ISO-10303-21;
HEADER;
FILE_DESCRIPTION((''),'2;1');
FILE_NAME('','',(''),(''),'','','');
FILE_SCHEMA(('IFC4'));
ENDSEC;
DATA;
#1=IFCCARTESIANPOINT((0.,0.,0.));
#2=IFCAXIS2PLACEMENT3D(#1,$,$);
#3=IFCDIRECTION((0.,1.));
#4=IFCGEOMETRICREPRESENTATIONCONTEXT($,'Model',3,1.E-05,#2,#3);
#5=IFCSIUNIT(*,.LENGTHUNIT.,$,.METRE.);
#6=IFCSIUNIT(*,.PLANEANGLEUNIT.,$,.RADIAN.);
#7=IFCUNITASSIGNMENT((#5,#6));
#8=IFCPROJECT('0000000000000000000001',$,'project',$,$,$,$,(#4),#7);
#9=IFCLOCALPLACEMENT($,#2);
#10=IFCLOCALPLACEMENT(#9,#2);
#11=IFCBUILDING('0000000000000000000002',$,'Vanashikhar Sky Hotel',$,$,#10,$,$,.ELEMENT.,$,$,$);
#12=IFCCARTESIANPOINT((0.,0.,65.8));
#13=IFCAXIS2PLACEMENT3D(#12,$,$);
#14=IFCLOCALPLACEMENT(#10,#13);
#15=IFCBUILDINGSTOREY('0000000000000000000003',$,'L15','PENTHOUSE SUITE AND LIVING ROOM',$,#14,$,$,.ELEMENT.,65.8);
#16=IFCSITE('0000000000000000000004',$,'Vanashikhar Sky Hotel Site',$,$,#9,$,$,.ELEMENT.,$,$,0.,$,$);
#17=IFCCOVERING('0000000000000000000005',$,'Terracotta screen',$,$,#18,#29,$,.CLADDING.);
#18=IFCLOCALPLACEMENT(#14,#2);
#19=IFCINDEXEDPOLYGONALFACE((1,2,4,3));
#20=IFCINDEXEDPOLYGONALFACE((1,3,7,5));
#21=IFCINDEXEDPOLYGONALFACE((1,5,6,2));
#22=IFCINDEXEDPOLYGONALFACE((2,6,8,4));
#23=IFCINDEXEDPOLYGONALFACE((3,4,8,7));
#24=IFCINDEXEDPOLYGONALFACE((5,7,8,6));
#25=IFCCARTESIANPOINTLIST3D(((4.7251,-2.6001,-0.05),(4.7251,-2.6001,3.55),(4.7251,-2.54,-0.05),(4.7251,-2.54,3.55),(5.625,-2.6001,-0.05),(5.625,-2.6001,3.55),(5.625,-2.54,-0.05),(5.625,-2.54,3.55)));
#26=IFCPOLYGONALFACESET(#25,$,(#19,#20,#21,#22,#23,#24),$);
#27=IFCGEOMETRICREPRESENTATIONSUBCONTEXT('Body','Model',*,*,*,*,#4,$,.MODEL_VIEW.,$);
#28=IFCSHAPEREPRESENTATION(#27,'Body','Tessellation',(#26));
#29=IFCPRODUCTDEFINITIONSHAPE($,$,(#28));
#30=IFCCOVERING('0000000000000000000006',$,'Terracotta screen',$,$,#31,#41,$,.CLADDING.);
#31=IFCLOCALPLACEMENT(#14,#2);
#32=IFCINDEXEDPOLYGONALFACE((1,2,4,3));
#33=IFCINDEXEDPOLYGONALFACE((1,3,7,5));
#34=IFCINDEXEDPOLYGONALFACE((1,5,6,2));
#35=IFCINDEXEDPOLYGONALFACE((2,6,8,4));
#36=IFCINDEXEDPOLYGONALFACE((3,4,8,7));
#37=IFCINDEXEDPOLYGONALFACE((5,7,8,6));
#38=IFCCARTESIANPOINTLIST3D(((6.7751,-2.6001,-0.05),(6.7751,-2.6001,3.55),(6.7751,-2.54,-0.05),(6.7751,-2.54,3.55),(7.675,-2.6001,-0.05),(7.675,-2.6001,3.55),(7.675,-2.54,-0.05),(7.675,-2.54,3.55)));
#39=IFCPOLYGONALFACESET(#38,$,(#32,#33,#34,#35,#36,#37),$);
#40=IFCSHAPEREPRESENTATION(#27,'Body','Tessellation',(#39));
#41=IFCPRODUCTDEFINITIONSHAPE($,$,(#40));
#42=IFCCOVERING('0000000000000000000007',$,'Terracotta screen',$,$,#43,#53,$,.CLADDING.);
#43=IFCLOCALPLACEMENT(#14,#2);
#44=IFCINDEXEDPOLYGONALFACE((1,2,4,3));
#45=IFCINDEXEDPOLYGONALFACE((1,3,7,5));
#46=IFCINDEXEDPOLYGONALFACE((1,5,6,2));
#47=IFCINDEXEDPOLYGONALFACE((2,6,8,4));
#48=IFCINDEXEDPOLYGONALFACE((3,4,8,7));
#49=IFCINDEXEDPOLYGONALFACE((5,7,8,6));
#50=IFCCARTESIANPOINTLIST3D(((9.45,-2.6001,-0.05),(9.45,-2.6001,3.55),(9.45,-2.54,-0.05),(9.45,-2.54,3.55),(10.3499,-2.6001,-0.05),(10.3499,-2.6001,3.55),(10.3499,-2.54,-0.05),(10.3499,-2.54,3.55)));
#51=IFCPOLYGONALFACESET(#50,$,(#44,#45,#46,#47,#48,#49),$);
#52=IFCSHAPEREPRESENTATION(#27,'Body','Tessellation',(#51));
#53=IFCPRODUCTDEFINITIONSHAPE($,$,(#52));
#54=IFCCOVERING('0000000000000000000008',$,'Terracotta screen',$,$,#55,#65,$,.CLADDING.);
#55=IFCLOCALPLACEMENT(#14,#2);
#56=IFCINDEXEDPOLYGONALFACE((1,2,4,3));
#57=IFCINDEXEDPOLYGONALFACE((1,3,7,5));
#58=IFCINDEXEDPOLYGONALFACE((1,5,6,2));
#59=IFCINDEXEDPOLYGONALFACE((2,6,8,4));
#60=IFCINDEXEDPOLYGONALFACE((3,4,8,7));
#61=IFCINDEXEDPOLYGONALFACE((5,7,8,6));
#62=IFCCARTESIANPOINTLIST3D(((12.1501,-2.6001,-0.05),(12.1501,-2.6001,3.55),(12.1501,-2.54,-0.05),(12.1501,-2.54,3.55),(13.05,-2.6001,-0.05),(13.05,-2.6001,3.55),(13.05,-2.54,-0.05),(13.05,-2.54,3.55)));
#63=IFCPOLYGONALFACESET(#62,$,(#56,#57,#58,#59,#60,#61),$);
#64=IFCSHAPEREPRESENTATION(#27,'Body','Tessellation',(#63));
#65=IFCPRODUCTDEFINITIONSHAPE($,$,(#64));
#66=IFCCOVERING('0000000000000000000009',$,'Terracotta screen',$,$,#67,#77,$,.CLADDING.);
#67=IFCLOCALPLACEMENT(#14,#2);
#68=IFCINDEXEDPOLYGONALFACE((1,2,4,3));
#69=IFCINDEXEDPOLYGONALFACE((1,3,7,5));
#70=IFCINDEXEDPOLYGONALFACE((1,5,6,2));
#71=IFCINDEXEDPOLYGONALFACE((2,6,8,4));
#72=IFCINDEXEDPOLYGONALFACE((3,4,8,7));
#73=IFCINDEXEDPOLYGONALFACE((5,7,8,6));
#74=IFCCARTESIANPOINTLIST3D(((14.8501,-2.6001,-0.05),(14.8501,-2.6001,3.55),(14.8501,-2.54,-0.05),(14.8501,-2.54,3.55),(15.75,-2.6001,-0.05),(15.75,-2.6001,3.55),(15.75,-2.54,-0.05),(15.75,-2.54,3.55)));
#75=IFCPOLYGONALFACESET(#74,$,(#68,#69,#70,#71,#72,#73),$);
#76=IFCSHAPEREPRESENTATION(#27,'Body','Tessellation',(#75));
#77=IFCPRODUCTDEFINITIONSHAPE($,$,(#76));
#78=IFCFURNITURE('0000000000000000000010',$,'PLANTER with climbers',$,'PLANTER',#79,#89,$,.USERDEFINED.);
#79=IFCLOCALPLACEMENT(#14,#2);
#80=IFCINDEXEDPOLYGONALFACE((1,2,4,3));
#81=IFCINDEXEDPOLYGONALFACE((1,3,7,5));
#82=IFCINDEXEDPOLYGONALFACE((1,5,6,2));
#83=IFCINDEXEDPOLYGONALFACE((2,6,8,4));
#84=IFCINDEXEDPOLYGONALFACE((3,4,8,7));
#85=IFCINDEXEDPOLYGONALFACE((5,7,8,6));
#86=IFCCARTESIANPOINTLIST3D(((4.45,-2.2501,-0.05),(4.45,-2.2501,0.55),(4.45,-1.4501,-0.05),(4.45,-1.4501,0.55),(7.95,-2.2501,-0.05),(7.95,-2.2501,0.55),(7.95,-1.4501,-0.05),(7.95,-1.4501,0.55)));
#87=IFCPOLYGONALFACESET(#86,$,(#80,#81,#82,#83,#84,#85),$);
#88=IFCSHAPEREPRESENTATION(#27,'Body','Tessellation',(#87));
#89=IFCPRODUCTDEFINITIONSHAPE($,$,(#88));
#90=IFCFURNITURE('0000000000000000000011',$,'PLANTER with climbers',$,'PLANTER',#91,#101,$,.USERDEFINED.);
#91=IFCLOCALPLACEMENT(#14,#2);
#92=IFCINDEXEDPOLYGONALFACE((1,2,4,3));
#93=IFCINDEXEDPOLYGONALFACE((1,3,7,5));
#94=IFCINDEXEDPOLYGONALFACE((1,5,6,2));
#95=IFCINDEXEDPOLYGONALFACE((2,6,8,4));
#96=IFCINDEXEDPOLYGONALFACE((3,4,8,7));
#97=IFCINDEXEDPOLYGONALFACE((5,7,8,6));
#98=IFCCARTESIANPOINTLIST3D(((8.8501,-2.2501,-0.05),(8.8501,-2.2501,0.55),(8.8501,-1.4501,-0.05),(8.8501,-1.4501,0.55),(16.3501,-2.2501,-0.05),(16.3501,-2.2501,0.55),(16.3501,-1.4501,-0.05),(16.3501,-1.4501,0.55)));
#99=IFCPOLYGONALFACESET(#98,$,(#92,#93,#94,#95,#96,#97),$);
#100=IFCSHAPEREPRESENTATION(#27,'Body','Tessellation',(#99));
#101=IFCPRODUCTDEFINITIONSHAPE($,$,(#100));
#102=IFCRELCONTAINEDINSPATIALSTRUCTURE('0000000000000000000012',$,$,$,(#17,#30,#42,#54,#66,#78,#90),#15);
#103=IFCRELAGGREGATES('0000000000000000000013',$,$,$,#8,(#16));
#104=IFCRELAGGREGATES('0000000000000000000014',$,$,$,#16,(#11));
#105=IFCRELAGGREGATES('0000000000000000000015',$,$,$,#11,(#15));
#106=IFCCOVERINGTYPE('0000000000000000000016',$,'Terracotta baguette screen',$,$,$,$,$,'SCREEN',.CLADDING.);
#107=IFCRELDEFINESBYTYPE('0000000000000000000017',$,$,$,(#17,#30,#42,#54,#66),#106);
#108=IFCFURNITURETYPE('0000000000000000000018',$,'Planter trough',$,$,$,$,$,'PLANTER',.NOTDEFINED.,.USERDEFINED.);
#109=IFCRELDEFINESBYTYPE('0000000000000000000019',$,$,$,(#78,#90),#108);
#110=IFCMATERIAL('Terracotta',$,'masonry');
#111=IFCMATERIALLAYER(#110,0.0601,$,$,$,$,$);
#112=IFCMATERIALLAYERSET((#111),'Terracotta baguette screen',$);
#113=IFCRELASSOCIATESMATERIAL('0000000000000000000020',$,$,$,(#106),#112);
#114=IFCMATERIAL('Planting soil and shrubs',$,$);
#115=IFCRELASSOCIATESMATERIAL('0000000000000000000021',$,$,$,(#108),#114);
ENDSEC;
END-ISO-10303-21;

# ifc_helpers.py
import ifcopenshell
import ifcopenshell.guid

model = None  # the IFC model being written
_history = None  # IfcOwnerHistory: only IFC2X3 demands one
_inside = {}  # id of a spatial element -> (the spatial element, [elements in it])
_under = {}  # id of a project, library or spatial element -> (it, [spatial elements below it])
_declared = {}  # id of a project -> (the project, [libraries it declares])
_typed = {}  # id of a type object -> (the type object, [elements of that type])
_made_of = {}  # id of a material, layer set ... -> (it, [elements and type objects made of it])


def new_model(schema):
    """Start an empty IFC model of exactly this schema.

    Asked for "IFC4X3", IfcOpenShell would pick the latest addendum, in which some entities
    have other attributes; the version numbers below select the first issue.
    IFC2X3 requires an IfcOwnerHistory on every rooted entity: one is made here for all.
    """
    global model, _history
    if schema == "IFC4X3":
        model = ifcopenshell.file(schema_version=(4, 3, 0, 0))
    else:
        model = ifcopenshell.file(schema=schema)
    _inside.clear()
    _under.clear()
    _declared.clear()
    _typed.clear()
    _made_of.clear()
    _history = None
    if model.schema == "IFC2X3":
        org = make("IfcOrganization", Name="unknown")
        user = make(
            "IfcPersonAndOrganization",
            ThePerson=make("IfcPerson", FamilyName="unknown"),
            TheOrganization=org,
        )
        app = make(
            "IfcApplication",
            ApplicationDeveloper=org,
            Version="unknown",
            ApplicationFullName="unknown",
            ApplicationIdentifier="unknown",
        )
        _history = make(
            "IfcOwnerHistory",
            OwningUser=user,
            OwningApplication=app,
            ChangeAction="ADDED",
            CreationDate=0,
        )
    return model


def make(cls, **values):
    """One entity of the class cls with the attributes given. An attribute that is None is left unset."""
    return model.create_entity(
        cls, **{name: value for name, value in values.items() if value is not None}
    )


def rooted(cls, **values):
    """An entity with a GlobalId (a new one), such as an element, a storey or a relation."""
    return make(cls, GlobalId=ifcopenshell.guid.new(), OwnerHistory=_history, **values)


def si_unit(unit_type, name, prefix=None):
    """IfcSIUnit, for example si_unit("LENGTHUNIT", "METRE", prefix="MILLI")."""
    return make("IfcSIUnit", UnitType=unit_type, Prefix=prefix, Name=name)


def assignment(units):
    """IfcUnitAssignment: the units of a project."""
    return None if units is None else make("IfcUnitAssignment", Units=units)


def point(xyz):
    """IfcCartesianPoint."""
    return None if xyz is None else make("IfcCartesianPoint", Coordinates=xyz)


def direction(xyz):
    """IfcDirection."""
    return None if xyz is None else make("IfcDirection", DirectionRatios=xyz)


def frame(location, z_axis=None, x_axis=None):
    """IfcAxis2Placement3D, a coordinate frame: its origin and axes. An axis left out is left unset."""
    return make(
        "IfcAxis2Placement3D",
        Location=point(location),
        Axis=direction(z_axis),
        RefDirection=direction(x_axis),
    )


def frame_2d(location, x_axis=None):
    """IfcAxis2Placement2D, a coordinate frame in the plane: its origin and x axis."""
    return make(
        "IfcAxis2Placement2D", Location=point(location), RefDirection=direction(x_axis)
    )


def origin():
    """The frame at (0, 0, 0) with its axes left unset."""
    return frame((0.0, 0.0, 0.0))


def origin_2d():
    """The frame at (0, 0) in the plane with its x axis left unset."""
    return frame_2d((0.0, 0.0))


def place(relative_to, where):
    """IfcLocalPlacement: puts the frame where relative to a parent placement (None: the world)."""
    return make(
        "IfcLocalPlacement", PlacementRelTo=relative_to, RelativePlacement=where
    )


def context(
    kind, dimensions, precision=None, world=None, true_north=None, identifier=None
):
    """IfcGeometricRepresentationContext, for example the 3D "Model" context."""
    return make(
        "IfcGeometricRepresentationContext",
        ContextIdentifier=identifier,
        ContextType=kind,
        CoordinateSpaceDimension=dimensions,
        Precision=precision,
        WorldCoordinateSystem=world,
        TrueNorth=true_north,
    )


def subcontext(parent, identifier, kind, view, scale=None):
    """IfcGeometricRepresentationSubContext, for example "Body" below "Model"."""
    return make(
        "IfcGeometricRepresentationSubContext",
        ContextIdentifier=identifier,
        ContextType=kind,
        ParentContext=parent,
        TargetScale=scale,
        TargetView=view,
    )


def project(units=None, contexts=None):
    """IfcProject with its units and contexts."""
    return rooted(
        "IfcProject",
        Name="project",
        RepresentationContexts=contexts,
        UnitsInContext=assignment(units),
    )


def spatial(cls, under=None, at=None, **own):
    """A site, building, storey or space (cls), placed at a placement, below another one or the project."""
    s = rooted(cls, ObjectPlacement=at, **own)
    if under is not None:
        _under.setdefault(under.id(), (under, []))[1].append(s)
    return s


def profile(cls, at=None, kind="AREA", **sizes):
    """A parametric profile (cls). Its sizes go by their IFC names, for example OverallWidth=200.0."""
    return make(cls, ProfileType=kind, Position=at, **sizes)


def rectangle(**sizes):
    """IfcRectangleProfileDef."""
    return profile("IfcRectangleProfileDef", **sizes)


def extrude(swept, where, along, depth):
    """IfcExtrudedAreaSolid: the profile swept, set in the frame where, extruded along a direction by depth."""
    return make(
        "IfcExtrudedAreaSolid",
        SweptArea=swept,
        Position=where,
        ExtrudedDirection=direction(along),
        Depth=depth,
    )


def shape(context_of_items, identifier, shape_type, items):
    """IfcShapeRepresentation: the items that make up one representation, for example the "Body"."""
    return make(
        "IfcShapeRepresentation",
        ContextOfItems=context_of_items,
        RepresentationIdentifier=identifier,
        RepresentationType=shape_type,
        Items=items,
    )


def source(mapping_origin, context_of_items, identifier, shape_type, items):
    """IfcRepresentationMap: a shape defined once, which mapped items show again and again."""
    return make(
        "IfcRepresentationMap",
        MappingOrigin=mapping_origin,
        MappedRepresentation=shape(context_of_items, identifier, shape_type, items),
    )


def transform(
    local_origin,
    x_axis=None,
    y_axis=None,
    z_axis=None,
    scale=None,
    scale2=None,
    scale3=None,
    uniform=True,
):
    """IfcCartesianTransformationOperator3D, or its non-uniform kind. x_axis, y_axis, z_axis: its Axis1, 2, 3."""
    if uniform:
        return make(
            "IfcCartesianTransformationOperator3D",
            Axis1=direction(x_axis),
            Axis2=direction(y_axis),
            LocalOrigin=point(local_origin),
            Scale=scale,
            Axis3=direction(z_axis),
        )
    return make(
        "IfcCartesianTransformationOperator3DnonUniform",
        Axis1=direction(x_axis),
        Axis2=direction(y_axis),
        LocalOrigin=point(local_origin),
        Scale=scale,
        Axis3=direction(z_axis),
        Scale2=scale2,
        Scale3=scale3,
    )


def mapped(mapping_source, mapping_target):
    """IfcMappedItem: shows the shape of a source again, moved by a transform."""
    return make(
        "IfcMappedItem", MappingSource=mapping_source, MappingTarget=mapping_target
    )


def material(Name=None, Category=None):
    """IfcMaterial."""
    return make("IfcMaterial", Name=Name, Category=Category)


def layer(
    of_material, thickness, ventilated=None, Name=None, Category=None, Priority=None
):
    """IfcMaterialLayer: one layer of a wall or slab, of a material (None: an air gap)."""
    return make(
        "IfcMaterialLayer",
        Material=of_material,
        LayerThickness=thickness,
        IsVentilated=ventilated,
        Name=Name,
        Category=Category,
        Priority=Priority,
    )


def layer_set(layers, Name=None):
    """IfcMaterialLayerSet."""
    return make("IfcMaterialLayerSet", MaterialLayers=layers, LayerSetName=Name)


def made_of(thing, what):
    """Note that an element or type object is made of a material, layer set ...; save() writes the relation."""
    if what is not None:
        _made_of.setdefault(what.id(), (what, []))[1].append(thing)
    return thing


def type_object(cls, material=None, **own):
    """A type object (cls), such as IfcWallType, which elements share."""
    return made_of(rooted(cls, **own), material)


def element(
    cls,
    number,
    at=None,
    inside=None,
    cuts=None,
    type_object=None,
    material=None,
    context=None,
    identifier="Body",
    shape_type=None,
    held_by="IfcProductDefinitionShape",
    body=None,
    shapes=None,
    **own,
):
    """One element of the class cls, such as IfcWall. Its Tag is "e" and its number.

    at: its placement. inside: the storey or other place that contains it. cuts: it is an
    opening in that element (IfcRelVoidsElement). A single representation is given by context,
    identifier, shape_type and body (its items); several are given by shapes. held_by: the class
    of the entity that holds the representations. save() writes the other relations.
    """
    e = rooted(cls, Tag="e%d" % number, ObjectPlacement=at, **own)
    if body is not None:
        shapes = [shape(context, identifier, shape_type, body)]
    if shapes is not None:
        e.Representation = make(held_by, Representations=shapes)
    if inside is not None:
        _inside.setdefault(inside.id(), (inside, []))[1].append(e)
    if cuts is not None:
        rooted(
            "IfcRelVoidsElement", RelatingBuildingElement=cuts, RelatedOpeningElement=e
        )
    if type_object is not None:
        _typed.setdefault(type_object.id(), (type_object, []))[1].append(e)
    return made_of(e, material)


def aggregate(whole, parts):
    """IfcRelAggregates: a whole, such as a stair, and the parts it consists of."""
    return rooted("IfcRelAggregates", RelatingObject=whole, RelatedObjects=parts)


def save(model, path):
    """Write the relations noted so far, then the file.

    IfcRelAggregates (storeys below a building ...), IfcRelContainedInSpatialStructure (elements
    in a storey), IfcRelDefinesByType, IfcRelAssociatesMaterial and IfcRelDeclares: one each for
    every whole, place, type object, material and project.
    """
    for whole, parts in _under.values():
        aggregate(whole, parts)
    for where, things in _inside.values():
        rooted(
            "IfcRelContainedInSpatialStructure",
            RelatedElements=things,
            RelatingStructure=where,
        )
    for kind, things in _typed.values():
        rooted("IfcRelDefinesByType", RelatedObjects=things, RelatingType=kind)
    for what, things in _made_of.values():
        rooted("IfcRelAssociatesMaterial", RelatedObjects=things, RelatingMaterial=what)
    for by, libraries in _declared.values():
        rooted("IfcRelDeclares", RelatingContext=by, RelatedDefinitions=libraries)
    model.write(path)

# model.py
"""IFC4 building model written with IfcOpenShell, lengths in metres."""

from ifc_helpers import new_model, si_unit, direction, frame, origin, origin_2d, place, context, subcontext, project, spatial, rectangle, extrude, source, transform, mapped, material, layer, layer_set, type_object, element, save


model = new_model("IFC4")

# Units and contexts
model_context = context("Model", 3, precision=1e-05, world=origin(), true_north=direction((0.0, 1.0)))
body_context = subcontext(model_context, "Body", "Model", "MODEL_VIEW")
ifc_project = project(units=[si_unit("LENGTHUNIT", "METRE"), si_unit("PLANEANGLEUNIT", "RADIAN")], contexts=[model_context])

# Site, building, storey
site_placement = place(None, origin())
site = spatial("IfcSite", under=ifc_project, at=site_placement, Name="Vanashikhar Sky Hotel Site", CompositionType="ELEMENT", RefElevation=0.0)
building_placement = place(site_placement, origin())
building = spatial("IfcBuilding", under=site, at=building_placement, Name="Vanashikhar Sky Hotel", CompositionType="ELEMENT")
storey_placement = place(building_placement, frame((0.0, 0.0, 65.8)))
storey = spatial("IfcBuildingStorey", under=building, at=storey_placement, Name="L15", Description="PENTHOUSE SUITE AND LIVING ROOM", CompositionType="ELEMENT", Elevation=65.8)

# Coverings
ifc_material_1 = material(Name="Terracotta", Category="masonry")
ifc_layer_1 = layer(ifc_material_1, 0.0601)
ifc_layer_set_1 = layer_set([ifc_layer_1], Name="Terracotta baguette screen")
covering_type = type_object("IfcCoveringType", Name="Terracotta baguette screen", ElementType="SCREEN", PredefinedType="CLADDING", material=ifc_layer_set_1)
shared_shape_1 = source(origin(), body_context, "Body", "SweptSolid", [
    extrude(rectangle(XDim=0.8999, YDim=0.0601, at=origin_2d()), origin(), (0.0, 0.0, 1.0), 3.6001),
])
for number, where, z_axis, x_axis, name in (
    (1, (5.175, -2.5701, -0.05), (0.0, 0.0, 1.0), (1.0, 0.0, 0.0), "Terracotta screen"),
    (2, (7.2251, -2.5701, -0.05), (0.0, 0.0, 1.0), (1.0, 0.0, 0.0), "Terracotta screen"),
    (3, (9.8999, -2.5701, -0.05), (0.0, 0.0, 1.0), (1.0, 0.0, 0.0), "Terracotta screen"),
    (4, (12.6001, -2.5701, -0.05), (0.0, 0.0, 1.0), (1.0, 0.0, 0.0), "Terracotta screen"),
    (5, (15.3, -2.5701, -0.05), (0.0, 0.0, 1.0), (1.0, 0.0, 0.0), "Terracotta screen"),
):
    element("IfcCovering", number, at=place(storey_placement, frame(where, z_axis=z_axis, x_axis=x_axis)), inside=storey, type_object=covering_type, Name=name, PredefinedType="CLADDING", context=body_context, shape_type="MappedRepresentation", body=[
        mapped(shared_shape_1, transform((0.0, 0.0, 0.0), scale=1.0)),
    ])

# Furniture
ifc_material_2 = material(Name="Planting soil and shrubs")
furniture_type = type_object("IfcFurnitureType", Name="Planter trough", ElementType="PLANTER", AssemblyPlace="NOTDEFINED", PredefinedType="USERDEFINED", material=ifc_material_2)
shared_shape_2 = source(origin(), body_context, "Body", "SweptSolid", [
    extrude(rectangle(XDim=3.5, YDim=0.8, at=origin_2d()), origin(), (0.0, 0.0, 1.0), 0.6001),
])
furniture_1_placement = place(storey_placement, frame((6.2, -1.8501, -0.05), z_axis=(0.0, 0.0, 1.0), x_axis=(1.0, 0.0, 0.0)))
element("IfcFurniture", 6, at=furniture_1_placement, inside=storey, type_object=furniture_type, Name="PLANTER with climbers", ObjectType="PLANTER", PredefinedType="USERDEFINED", context=body_context, shape_type="MappedRepresentation", body=[
    mapped(shared_shape_2, transform((0.0, 0.0, 0.0), scale=1.0)),
])
shared_shape_3 = source(origin(), body_context, "Body", "SweptSolid", [
    extrude(rectangle(XDim=7.5, YDim=0.8, at=origin_2d()), origin(), (0.0, 0.0, 1.0), 0.6001),
])
furniture_2_placement = place(storey_placement, frame((12.6001, -1.8501, -0.05), z_axis=(0.0, 0.0, 1.0), x_axis=(1.0, 0.0, 0.0)))
element("IfcFurniture", 7, at=furniture_2_placement, inside=storey, type_object=furniture_type, Name="PLANTER with climbers", ObjectType="PLANTER", PredefinedType="USERDEFINED", context=body_context, shape_type="MappedRepresentation", body=[
    mapped(shared_shape_3, transform((0.0, 0.0, 0.0), scale=1.0)),
])

save(model, "model.ifc")
